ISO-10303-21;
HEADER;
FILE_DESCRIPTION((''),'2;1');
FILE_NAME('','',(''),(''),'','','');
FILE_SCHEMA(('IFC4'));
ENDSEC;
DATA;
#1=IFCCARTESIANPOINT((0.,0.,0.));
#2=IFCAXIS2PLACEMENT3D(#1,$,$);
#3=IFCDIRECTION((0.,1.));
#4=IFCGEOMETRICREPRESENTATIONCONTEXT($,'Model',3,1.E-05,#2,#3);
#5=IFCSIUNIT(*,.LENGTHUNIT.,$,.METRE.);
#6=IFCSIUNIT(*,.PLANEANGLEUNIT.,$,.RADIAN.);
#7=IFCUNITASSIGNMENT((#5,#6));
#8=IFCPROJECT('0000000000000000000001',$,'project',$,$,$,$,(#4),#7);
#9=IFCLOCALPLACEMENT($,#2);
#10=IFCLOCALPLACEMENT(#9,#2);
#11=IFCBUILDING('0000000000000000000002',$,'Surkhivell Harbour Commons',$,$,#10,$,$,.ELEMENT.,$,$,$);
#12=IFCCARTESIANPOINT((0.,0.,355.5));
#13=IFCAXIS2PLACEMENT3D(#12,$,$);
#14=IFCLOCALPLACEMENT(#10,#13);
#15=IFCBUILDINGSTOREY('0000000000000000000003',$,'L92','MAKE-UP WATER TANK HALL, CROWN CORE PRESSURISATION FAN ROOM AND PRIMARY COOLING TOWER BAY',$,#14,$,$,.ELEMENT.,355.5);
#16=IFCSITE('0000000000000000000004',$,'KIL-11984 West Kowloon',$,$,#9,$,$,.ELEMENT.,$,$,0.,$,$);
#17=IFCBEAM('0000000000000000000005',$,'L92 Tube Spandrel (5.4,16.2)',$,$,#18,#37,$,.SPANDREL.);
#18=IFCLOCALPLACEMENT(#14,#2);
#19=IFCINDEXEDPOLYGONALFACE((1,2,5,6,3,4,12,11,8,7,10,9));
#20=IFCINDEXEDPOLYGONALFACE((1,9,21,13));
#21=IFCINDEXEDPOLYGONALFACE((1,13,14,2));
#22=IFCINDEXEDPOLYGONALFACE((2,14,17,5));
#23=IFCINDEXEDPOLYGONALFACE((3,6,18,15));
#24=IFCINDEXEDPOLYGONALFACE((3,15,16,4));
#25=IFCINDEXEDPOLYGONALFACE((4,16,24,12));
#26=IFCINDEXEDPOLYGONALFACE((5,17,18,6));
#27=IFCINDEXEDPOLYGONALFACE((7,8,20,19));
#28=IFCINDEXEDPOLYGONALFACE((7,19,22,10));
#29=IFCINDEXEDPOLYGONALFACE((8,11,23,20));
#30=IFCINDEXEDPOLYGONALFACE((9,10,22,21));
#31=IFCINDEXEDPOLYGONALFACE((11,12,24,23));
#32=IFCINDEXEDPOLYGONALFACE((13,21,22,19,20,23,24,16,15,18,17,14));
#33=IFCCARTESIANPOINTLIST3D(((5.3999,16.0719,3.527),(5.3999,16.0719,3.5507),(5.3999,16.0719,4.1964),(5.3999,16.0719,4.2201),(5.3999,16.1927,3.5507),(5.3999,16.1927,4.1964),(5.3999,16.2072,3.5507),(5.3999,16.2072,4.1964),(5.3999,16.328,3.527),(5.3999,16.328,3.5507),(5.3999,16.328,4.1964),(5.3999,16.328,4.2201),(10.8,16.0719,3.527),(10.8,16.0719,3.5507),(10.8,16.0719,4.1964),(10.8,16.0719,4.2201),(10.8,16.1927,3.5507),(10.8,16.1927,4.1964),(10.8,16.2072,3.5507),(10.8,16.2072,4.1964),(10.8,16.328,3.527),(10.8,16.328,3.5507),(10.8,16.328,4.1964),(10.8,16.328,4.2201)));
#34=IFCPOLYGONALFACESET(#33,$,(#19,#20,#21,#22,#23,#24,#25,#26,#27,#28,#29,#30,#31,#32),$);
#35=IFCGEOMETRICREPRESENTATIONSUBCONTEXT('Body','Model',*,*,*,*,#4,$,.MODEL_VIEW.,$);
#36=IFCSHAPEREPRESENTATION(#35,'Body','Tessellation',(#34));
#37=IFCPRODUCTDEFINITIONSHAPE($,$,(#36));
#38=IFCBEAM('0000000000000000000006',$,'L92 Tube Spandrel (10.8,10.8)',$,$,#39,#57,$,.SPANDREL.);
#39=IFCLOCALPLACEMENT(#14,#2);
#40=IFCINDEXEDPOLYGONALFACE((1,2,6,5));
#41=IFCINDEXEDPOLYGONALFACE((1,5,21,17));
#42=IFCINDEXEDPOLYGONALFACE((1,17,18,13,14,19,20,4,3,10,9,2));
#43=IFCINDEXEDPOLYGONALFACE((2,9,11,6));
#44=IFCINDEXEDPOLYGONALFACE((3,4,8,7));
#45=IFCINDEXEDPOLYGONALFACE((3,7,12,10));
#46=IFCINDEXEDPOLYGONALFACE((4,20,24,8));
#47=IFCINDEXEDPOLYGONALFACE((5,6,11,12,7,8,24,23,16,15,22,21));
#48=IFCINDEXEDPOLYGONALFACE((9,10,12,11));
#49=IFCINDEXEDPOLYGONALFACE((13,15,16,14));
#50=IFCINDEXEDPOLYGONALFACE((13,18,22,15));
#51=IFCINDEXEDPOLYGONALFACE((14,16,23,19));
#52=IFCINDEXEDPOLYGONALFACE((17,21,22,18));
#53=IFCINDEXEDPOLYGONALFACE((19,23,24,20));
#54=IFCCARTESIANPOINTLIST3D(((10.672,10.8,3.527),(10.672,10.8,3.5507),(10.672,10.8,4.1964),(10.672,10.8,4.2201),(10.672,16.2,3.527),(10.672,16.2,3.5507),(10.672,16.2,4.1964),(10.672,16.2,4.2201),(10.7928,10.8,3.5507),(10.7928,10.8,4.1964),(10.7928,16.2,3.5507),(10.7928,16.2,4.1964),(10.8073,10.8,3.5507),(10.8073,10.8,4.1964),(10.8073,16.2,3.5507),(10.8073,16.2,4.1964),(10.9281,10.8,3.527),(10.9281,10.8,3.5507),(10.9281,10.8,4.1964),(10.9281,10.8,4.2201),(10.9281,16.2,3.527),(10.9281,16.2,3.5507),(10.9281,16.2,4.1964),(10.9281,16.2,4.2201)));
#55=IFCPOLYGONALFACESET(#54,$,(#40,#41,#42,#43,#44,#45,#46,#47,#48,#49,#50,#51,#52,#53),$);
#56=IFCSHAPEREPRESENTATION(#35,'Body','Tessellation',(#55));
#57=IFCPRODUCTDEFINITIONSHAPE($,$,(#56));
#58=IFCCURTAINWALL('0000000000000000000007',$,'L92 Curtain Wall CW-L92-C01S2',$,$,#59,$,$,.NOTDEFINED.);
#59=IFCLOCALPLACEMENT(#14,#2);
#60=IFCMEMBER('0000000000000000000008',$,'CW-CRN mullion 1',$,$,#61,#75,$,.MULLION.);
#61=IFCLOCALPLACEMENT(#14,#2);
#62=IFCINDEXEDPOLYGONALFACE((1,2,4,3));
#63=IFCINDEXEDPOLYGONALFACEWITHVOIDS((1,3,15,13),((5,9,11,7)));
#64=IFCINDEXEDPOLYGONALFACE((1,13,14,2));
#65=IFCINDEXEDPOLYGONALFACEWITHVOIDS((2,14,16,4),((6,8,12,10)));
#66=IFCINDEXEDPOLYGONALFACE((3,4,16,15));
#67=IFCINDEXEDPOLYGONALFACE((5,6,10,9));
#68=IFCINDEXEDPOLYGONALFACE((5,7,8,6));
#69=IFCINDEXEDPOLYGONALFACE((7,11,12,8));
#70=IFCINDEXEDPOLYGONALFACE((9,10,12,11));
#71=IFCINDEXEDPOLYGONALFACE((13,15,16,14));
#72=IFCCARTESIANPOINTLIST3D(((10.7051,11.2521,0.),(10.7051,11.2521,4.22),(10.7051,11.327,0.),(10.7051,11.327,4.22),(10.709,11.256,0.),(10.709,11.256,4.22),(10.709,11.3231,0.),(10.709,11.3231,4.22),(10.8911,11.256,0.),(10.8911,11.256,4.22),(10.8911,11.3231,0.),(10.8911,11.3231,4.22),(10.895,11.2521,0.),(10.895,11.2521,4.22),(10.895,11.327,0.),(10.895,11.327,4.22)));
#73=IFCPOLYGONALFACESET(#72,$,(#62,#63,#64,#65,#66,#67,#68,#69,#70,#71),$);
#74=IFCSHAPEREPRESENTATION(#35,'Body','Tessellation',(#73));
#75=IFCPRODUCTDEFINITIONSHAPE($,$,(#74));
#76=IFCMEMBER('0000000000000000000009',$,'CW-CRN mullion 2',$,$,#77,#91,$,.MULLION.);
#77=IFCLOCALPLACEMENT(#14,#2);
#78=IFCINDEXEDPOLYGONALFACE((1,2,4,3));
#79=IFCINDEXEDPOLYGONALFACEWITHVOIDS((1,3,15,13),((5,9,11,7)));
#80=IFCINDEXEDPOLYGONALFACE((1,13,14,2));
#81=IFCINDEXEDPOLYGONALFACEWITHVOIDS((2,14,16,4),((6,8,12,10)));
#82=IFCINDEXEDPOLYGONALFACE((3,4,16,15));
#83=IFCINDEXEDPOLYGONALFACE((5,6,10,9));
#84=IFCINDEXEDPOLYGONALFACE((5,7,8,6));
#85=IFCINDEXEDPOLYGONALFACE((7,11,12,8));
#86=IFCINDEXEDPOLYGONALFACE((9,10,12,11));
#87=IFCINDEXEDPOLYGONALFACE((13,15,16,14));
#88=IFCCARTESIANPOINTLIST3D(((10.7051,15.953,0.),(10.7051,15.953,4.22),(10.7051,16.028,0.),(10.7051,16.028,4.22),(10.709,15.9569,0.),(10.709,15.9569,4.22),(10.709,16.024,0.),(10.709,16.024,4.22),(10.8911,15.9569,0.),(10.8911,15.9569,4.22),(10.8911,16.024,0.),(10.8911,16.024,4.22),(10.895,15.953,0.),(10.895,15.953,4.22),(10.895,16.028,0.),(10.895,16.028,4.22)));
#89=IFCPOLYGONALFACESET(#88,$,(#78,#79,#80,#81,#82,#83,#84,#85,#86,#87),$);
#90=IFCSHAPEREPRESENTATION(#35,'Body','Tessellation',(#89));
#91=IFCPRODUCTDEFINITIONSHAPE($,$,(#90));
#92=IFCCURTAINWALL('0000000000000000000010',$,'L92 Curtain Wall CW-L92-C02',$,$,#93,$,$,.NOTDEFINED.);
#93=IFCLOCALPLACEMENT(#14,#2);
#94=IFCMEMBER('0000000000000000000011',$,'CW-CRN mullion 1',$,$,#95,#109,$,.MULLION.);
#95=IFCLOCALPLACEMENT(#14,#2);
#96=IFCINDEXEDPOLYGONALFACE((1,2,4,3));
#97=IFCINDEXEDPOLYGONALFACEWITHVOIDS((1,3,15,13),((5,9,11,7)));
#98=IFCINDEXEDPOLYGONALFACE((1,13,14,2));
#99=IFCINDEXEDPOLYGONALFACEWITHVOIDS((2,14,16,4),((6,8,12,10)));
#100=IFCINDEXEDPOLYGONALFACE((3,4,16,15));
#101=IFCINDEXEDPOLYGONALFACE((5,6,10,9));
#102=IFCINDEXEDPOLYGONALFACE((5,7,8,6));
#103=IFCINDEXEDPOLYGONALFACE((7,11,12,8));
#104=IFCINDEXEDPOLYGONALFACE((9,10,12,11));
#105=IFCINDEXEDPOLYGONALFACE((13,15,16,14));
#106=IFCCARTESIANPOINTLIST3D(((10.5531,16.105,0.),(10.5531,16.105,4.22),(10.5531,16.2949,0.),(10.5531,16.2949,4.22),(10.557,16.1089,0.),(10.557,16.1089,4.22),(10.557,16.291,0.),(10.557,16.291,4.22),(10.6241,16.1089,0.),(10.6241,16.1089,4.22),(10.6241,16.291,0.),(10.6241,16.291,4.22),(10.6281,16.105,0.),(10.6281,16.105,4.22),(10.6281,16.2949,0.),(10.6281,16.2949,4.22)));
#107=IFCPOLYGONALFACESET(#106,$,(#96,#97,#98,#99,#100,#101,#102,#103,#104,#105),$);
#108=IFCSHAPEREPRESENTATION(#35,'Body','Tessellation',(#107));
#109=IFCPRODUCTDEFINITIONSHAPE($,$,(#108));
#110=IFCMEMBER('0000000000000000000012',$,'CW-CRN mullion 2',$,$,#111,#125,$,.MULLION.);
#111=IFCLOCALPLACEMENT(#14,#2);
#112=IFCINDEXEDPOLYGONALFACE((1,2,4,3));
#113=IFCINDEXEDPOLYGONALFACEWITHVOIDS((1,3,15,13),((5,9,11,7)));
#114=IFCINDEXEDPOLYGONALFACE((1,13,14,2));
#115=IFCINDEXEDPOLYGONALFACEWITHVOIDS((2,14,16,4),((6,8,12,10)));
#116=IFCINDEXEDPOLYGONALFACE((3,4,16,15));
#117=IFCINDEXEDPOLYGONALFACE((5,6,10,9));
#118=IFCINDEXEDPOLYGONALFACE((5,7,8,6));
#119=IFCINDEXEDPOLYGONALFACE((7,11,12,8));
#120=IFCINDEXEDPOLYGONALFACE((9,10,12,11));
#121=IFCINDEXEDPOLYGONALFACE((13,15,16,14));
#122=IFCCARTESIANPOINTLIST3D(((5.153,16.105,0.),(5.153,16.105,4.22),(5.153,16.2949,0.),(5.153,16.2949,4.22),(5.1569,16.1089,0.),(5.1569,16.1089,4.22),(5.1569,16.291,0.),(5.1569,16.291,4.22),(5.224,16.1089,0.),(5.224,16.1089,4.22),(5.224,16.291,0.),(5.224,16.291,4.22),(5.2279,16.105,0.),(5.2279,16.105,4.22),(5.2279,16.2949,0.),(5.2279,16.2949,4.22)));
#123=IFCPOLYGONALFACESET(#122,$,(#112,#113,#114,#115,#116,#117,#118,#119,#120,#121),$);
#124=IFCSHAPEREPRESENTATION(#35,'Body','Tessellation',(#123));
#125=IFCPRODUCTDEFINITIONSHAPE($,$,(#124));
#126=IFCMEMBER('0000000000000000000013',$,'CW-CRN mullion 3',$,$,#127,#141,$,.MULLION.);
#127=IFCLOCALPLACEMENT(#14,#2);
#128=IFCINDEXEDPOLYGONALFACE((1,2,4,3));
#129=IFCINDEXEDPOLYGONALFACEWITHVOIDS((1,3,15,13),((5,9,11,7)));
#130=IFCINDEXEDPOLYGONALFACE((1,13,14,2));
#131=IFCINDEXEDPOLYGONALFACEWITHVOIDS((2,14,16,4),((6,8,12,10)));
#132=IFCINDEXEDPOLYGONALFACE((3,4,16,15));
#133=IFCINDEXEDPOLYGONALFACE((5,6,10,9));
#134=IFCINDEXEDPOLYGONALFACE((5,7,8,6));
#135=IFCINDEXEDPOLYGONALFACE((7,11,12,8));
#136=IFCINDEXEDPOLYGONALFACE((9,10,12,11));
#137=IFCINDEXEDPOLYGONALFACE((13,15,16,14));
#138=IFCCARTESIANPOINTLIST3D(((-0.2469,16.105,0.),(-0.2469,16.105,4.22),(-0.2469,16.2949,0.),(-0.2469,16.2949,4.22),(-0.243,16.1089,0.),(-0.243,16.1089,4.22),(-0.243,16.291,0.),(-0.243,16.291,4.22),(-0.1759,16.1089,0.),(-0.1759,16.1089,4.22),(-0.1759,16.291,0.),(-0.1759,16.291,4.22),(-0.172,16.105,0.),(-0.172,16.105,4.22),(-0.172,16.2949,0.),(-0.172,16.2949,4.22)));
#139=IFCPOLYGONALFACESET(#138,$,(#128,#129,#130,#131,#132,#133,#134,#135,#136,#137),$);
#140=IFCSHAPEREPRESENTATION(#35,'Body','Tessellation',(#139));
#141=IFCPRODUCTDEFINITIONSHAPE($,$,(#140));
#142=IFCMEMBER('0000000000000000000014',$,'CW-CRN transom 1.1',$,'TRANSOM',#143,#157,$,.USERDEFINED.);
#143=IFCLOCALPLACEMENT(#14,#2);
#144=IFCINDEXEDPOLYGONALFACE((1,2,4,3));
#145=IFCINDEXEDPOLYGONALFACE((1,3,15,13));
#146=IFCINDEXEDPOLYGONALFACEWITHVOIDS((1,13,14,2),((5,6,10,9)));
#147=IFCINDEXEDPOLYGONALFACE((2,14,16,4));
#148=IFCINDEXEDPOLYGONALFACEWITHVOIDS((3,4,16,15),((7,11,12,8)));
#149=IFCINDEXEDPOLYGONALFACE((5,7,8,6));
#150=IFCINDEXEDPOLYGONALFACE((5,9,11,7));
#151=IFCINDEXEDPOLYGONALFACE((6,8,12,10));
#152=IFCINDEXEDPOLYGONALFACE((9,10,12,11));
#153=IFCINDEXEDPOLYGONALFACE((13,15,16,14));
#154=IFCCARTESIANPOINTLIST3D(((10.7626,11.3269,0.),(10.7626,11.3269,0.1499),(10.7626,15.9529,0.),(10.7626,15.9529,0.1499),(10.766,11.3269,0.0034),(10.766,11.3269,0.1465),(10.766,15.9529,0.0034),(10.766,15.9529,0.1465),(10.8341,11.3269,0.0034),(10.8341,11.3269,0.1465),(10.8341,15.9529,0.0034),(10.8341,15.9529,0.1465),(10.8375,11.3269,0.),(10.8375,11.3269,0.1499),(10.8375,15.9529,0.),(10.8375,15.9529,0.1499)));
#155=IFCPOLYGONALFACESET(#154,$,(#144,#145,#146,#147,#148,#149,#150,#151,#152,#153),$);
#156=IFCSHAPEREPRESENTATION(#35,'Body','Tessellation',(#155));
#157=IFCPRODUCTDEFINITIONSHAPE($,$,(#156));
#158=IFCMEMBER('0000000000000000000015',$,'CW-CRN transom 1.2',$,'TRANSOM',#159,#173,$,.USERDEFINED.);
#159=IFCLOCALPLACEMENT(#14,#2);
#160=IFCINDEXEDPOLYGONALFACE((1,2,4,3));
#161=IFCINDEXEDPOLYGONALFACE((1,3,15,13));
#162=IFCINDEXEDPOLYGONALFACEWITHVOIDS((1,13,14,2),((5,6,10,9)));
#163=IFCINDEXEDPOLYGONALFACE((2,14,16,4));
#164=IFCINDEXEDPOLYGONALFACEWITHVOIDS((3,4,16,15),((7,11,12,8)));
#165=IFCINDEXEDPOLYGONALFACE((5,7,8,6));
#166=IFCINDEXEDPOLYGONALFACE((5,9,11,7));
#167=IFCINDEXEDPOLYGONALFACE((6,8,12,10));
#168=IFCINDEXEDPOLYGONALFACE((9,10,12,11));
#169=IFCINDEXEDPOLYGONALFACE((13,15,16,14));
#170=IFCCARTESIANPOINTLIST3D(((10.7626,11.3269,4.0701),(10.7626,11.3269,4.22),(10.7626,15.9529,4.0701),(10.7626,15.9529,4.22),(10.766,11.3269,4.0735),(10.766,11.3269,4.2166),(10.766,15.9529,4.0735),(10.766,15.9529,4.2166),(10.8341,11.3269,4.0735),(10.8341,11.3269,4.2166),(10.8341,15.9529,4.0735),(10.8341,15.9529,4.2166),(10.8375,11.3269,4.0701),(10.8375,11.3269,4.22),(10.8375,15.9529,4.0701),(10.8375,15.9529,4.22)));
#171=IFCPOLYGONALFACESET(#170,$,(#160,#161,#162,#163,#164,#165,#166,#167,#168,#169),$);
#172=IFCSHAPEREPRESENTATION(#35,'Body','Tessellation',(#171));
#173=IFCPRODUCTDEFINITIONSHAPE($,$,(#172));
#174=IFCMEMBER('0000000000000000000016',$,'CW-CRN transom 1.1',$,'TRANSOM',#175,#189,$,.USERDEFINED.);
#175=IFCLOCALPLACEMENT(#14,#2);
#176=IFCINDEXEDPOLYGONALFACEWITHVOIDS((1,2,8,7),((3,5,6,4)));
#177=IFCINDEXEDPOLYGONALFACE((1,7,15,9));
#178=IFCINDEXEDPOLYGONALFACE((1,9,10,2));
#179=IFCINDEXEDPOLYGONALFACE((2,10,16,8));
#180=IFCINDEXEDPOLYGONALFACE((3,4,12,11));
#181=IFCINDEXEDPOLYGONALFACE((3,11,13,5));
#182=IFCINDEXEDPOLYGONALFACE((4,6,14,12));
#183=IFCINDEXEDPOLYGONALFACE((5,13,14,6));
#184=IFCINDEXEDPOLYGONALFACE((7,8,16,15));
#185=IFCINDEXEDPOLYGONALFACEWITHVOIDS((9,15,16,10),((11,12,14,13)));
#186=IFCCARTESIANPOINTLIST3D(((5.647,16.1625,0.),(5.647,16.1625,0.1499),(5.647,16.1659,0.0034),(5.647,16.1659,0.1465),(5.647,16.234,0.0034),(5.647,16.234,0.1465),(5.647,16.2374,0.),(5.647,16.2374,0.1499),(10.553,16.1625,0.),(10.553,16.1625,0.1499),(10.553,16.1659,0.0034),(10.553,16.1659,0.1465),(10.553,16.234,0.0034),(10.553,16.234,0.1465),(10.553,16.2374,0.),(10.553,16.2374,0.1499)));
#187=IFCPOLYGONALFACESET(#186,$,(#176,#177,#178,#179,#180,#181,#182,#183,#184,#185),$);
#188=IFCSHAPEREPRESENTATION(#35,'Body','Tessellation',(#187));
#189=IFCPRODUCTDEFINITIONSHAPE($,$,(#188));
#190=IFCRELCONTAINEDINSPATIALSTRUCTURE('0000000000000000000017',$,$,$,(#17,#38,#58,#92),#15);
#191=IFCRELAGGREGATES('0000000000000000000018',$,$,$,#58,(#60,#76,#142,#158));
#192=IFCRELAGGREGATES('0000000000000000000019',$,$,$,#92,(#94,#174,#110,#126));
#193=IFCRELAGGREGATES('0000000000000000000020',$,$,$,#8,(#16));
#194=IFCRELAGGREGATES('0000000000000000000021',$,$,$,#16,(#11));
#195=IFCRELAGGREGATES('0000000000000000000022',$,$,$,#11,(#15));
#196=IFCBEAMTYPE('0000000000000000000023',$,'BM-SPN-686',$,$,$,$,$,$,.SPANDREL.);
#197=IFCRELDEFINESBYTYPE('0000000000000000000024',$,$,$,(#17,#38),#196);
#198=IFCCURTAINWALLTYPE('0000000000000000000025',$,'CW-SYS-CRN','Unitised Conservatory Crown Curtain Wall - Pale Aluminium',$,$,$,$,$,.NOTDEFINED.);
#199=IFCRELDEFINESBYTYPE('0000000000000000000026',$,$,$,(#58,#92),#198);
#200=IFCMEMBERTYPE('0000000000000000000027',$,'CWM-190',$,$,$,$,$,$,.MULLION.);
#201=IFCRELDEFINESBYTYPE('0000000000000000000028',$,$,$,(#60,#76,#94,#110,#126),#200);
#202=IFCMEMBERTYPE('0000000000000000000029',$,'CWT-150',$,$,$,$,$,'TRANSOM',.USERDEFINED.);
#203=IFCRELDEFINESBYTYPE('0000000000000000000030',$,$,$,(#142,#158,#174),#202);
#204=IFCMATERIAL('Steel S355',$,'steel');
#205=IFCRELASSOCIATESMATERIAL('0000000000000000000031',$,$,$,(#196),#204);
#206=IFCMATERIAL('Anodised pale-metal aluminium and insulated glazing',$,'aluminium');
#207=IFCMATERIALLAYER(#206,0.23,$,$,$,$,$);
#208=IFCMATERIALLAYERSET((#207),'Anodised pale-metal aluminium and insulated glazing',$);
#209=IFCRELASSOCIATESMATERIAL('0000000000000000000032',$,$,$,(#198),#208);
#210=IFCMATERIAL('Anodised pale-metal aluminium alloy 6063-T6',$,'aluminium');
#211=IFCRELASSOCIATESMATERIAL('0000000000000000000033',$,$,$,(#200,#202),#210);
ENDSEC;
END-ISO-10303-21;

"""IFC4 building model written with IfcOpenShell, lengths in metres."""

from ifc_helpers import new_model, si_unit, direction, frame, origin, origin_2d, place, context, subcontext, project, spatial, hollow_rectangle, i_section, extrude, material, layer, layer_set, material_profile, profile_set, type_object, element, aggregate, save


model = new_model("IFC4")

# Units and contexts
model_context = context("Model", 3, precision=1e-05, world=origin(), true_north=direction((0.0, 1.0)))
body_context = subcontext(model_context, "Body", "Model", "MODEL_VIEW")
ifc_project = project(units=[si_unit("LENGTHUNIT", "METRE"), si_unit("PLANEANGLEUNIT", "RADIAN")], contexts=[model_context])

# Site, building, storey
site_placement = place(None, origin())
site = spatial("IfcSite", under=ifc_project, at=site_placement, Name="KIL-11984 West Kowloon", CompositionType="ELEMENT", RefElevation=0.0)
building_placement = place(site_placement, origin())
building = spatial("IfcBuilding", under=site, at=building_placement, Name="Surkhivell Harbour Commons", CompositionType="ELEMENT")
storey_placement = place(building_placement, frame((0.0, 0.0, 355.5)))
storey = spatial("IfcBuildingStorey", under=building, at=storey_placement, Name="L92", Description="MAKE-UP WATER TANK HALL, CROWN CORE PRESSURISATION FAN ROOM AND PRIMARY COOLING TOWER BAY", CompositionType="ELEMENT", Elevation=355.5)

# Shared definitions
ifc_material_1 = material(Name="Steel S355", Category="steel")

# Beams
ifc_material_profile_1 = material_profile(ifc_material_1, i_section(OverallWidth=0.2561, OverallDepth=0.6931, WebThickness=0.0144, FlangeThickness=0.0237, at=origin_2d()), Name="UB686x254x170")
ifc_profile_set_1 = profile_set([ifc_material_profile_1], Name="Steel S355")
beam_type_1 = type_object("IfcBeamType", Name="BM-SPN-686", PredefinedType="SPANDREL", material=ifc_profile_set_1)
beam_1_placement = place(storey_placement, frame((5.3999, 16.2, 3.8735), z_axis=(1.0, 0.0, 0.0), x_axis=(0.0, 1.0, 0.0)))
element("IfcBeam", 1, at=beam_1_placement, inside=storey, type_object=beam_type_1, Name="L92 Tube Spandrel (5.4,16.2)", PredefinedType="SPANDREL", context=body_context, shape_type="SweptSolid", body=[
    extrude(i_section(OverallWidth=0.2561, OverallDepth=0.6931, WebThickness=0.0144, FlangeThickness=0.0237, at=origin_2d()), origin(), (0.0, 0.0, 1.0), 5.4001),
])
beam_2_placement = place(storey_placement, frame((10.8, 10.8, 3.8735), z_axis=(0.0, 1.0, 0.0), x_axis=(-1.0, 0.0, 0.0)))
element("IfcBeam", 2, at=beam_2_placement, inside=storey, type_object=beam_type_1, Name="L92 Tube Spandrel (10.8,10.8)", PredefinedType="SPANDREL", context=body_context, shape_type="SweptSolid", body=[
    extrude(i_section(OverallWidth=0.2561, OverallDepth=0.6931, WebThickness=0.0144, FlangeThickness=0.0237, at=origin_2d()), origin(), (0.0, 0.0, 1.0), 5.3999),
])

# Curtain walls, members
ifc_material_2 = material(Name="Anodised pale-metal aluminium and insulated glazing", Category="aluminium")
ifc_layer_1 = layer(ifc_material_2, 0.23)
ifc_layer_set_1 = layer_set([ifc_layer_1], Name="Anodised pale-metal aluminium and insulated glazing")
curtain_wall_type = type_object("IfcCurtainWallType", Name="CW-SYS-CRN", Description="Unitised Conservatory Crown Curtain Wall - Pale Aluminium", PredefinedType="NOTDEFINED", material=ifc_layer_set_1)
curtain_wall_1_placement = place(storey_placement, origin())
curtain_wall_1 = element("IfcCurtainWall", 3, at=curtain_wall_1_placement, inside=storey, type_object=curtain_wall_type, Name="L92 Curtain Wall CW-L92-C01S2", PredefinedType="NOTDEFINED")
ifc_material_3 = material(Name="Anodised pale-metal aluminium alloy 6063-T6", Category="aluminium")
ifc_material_profile_2 = material_profile(ifc_material_3, hollow_rectangle(XDim=0.075, YDim=0.1899, WallThickness=0.0039, at=origin_2d()), Name="ALU-MULL-75x190")
ifc_profile_set_2 = profile_set([ifc_material_profile_2], Name="Anodised pale-metal aluminium alloy 6063-T6")
member_type_1 = type_object("IfcMemberType", Name="CWM-190", PredefinedType="MULLION", material=ifc_profile_set_2)
member_1_placement = place(storey_placement, frame((10.8, 11.2896, 0.0), z_axis=(0.0, 0.0, 1.0), x_axis=(0.0, 1.0, 0.0)))
member_1 = element("IfcMember", 4, at=member_1_placement, type_object=member_type_1, Name="CW-CRN mullion 1", PredefinedType="MULLION", context=body_context, shape_type="SweptSolid", body=[
    extrude(hollow_rectangle(XDim=0.075, YDim=0.1899, WallThickness=0.0039, at=origin_2d()), origin(), (0.0, 0.0, 1.0), 4.22),
])
member_2_placement = place(storey_placement, frame((10.8, 15.9905, 0.0), z_axis=(0.0, 0.0, 1.0), x_axis=(0.0, 1.0, 0.0)))
member_2 = element("IfcMember", 5, at=member_2_placement, type_object=member_type_1, Name="CW-CRN mullion 2", PredefinedType="MULLION", context=body_context, shape_type="SweptSolid", body=[
    extrude(hollow_rectangle(XDim=0.075, YDim=0.1899, WallThickness=0.0039, at=origin_2d()), origin(), (0.0, 0.0, 1.0), 4.22),
])
curtain_wall_2_placement = place(storey_placement, origin())
curtain_wall_2 = element("IfcCurtainWall", 6, at=curtain_wall_2_placement, inside=storey, type_object=curtain_wall_type, Name="L92 Curtain Wall CW-L92-C02", PredefinedType="NOTDEFINED")
member_3_placement = place(storey_placement, frame((10.5906, 16.2, 0.0), z_axis=(0.0, 0.0, 1.0), x_axis=(-1.0, 0.0, 0.0)))
member_3 = element("IfcMember", 7, at=member_3_placement, type_object=member_type_1, Name="CW-CRN mullion 1", PredefinedType="MULLION", context=body_context, shape_type="SweptSolid", body=[
    extrude(hollow_rectangle(XDim=0.075, YDim=0.1899, WallThickness=0.0039, at=origin_2d()), origin(), (0.0, 0.0, 1.0), 4.22),
])
member_4_placement = place(storey_placement, frame((5.1904, 16.2, 0.0), z_axis=(0.0, 0.0, 1.0), x_axis=(-1.0, 0.0, 0.0)))
member_4 = element("IfcMember", 8, at=member_4_placement, type_object=member_type_1, Name="CW-CRN mullion 2", PredefinedType="MULLION", context=body_context, shape_type="SweptSolid", body=[
    extrude(hollow_rectangle(XDim=0.075, YDim=0.1899, WallThickness=0.0039, at=origin_2d()), origin(), (0.0, 0.0, 1.0), 4.22),
])
member_5_placement = place(storey_placement, frame((-0.2095, 16.2, 0.0), z_axis=(0.0, 0.0, 1.0), x_axis=(-1.0, 0.0, 0.0)))
member_5 = element("IfcMember", 9, at=member_5_placement, type_object=member_type_1, Name="CW-CRN mullion 3", PredefinedType="MULLION", context=body_context, shape_type="SweptSolid", body=[
    extrude(hollow_rectangle(XDim=0.075, YDim=0.1899, WallThickness=0.0039, at=origin_2d()), origin(), (0.0, 0.0, 1.0), 4.22),
])

# Members
ifc_material_profile_3 = material_profile(ifc_material_3, hollow_rectangle(XDim=0.075, YDim=0.1499, WallThickness=0.0034, at=origin_2d()), Name="ALU-TRAN-75x150")
ifc_profile_set_3 = profile_set([ifc_material_profile_3], Name="Anodised pale-metal aluminium alloy 6063-T6")
member_type_2 = type_object("IfcMemberType", Name="CWT-150", ElementType="TRANSOM", PredefinedType="USERDEFINED", material=ifc_profile_set_3)
member_6_placement = place(storey_placement, frame((10.8, 11.3269, 0.075), z_axis=(0.0, 1.0, 0.0), x_axis=(-1.0, 0.0, 0.0)))
member_6 = element("IfcMember", 10, at=member_6_placement, type_object=member_type_2, Name="CW-CRN transom 1.1", ObjectType="TRANSOM", PredefinedType="USERDEFINED", context=body_context, shape_type="SweptSolid", body=[
    extrude(hollow_rectangle(XDim=0.075, YDim=0.1499, WallThickness=0.0034, at=origin_2d()), origin(), (0.0, 0.0, 1.0), 4.626),
])
member_7_placement = place(storey_placement, frame((10.8, 11.3269, 4.145), z_axis=(0.0, 1.0, 0.0), x_axis=(-1.0, 0.0, 0.0)))
member_7 = element("IfcMember", 11, at=member_7_placement, type_object=member_type_2, Name="CW-CRN transom 1.2", ObjectType="TRANSOM", PredefinedType="USERDEFINED", context=body_context, shape_type="SweptSolid", body=[
    extrude(hollow_rectangle(XDim=0.075, YDim=0.1499, WallThickness=0.0034, at=origin_2d()), origin(), (0.0, 0.0, 1.0), 4.626),
])
member_8_placement = place(storey_placement, frame((10.553, 16.2, 0.075), z_axis=(-1.0, 0.0, 0.0), x_axis=(0.0, -1.0, 0.0)))
member_8 = element("IfcMember", 12, at=member_8_placement, type_object=member_type_2, Name="CW-CRN transom 1.1", ObjectType="TRANSOM", PredefinedType="USERDEFINED", context=body_context, shape_type="SweptSolid", body=[
    extrude(hollow_rectangle(XDim=0.075, YDim=0.1499, WallThickness=0.0034, at=origin_2d()), origin(), (0.0, 0.0, 1.0), 4.906),
])

aggregate(curtain_wall_1, [member_1, member_2, member_6, member_7])
aggregate(curtain_wall_2, [member_3, member_8, member_4, member_5])

save(model, "model.ifc")
